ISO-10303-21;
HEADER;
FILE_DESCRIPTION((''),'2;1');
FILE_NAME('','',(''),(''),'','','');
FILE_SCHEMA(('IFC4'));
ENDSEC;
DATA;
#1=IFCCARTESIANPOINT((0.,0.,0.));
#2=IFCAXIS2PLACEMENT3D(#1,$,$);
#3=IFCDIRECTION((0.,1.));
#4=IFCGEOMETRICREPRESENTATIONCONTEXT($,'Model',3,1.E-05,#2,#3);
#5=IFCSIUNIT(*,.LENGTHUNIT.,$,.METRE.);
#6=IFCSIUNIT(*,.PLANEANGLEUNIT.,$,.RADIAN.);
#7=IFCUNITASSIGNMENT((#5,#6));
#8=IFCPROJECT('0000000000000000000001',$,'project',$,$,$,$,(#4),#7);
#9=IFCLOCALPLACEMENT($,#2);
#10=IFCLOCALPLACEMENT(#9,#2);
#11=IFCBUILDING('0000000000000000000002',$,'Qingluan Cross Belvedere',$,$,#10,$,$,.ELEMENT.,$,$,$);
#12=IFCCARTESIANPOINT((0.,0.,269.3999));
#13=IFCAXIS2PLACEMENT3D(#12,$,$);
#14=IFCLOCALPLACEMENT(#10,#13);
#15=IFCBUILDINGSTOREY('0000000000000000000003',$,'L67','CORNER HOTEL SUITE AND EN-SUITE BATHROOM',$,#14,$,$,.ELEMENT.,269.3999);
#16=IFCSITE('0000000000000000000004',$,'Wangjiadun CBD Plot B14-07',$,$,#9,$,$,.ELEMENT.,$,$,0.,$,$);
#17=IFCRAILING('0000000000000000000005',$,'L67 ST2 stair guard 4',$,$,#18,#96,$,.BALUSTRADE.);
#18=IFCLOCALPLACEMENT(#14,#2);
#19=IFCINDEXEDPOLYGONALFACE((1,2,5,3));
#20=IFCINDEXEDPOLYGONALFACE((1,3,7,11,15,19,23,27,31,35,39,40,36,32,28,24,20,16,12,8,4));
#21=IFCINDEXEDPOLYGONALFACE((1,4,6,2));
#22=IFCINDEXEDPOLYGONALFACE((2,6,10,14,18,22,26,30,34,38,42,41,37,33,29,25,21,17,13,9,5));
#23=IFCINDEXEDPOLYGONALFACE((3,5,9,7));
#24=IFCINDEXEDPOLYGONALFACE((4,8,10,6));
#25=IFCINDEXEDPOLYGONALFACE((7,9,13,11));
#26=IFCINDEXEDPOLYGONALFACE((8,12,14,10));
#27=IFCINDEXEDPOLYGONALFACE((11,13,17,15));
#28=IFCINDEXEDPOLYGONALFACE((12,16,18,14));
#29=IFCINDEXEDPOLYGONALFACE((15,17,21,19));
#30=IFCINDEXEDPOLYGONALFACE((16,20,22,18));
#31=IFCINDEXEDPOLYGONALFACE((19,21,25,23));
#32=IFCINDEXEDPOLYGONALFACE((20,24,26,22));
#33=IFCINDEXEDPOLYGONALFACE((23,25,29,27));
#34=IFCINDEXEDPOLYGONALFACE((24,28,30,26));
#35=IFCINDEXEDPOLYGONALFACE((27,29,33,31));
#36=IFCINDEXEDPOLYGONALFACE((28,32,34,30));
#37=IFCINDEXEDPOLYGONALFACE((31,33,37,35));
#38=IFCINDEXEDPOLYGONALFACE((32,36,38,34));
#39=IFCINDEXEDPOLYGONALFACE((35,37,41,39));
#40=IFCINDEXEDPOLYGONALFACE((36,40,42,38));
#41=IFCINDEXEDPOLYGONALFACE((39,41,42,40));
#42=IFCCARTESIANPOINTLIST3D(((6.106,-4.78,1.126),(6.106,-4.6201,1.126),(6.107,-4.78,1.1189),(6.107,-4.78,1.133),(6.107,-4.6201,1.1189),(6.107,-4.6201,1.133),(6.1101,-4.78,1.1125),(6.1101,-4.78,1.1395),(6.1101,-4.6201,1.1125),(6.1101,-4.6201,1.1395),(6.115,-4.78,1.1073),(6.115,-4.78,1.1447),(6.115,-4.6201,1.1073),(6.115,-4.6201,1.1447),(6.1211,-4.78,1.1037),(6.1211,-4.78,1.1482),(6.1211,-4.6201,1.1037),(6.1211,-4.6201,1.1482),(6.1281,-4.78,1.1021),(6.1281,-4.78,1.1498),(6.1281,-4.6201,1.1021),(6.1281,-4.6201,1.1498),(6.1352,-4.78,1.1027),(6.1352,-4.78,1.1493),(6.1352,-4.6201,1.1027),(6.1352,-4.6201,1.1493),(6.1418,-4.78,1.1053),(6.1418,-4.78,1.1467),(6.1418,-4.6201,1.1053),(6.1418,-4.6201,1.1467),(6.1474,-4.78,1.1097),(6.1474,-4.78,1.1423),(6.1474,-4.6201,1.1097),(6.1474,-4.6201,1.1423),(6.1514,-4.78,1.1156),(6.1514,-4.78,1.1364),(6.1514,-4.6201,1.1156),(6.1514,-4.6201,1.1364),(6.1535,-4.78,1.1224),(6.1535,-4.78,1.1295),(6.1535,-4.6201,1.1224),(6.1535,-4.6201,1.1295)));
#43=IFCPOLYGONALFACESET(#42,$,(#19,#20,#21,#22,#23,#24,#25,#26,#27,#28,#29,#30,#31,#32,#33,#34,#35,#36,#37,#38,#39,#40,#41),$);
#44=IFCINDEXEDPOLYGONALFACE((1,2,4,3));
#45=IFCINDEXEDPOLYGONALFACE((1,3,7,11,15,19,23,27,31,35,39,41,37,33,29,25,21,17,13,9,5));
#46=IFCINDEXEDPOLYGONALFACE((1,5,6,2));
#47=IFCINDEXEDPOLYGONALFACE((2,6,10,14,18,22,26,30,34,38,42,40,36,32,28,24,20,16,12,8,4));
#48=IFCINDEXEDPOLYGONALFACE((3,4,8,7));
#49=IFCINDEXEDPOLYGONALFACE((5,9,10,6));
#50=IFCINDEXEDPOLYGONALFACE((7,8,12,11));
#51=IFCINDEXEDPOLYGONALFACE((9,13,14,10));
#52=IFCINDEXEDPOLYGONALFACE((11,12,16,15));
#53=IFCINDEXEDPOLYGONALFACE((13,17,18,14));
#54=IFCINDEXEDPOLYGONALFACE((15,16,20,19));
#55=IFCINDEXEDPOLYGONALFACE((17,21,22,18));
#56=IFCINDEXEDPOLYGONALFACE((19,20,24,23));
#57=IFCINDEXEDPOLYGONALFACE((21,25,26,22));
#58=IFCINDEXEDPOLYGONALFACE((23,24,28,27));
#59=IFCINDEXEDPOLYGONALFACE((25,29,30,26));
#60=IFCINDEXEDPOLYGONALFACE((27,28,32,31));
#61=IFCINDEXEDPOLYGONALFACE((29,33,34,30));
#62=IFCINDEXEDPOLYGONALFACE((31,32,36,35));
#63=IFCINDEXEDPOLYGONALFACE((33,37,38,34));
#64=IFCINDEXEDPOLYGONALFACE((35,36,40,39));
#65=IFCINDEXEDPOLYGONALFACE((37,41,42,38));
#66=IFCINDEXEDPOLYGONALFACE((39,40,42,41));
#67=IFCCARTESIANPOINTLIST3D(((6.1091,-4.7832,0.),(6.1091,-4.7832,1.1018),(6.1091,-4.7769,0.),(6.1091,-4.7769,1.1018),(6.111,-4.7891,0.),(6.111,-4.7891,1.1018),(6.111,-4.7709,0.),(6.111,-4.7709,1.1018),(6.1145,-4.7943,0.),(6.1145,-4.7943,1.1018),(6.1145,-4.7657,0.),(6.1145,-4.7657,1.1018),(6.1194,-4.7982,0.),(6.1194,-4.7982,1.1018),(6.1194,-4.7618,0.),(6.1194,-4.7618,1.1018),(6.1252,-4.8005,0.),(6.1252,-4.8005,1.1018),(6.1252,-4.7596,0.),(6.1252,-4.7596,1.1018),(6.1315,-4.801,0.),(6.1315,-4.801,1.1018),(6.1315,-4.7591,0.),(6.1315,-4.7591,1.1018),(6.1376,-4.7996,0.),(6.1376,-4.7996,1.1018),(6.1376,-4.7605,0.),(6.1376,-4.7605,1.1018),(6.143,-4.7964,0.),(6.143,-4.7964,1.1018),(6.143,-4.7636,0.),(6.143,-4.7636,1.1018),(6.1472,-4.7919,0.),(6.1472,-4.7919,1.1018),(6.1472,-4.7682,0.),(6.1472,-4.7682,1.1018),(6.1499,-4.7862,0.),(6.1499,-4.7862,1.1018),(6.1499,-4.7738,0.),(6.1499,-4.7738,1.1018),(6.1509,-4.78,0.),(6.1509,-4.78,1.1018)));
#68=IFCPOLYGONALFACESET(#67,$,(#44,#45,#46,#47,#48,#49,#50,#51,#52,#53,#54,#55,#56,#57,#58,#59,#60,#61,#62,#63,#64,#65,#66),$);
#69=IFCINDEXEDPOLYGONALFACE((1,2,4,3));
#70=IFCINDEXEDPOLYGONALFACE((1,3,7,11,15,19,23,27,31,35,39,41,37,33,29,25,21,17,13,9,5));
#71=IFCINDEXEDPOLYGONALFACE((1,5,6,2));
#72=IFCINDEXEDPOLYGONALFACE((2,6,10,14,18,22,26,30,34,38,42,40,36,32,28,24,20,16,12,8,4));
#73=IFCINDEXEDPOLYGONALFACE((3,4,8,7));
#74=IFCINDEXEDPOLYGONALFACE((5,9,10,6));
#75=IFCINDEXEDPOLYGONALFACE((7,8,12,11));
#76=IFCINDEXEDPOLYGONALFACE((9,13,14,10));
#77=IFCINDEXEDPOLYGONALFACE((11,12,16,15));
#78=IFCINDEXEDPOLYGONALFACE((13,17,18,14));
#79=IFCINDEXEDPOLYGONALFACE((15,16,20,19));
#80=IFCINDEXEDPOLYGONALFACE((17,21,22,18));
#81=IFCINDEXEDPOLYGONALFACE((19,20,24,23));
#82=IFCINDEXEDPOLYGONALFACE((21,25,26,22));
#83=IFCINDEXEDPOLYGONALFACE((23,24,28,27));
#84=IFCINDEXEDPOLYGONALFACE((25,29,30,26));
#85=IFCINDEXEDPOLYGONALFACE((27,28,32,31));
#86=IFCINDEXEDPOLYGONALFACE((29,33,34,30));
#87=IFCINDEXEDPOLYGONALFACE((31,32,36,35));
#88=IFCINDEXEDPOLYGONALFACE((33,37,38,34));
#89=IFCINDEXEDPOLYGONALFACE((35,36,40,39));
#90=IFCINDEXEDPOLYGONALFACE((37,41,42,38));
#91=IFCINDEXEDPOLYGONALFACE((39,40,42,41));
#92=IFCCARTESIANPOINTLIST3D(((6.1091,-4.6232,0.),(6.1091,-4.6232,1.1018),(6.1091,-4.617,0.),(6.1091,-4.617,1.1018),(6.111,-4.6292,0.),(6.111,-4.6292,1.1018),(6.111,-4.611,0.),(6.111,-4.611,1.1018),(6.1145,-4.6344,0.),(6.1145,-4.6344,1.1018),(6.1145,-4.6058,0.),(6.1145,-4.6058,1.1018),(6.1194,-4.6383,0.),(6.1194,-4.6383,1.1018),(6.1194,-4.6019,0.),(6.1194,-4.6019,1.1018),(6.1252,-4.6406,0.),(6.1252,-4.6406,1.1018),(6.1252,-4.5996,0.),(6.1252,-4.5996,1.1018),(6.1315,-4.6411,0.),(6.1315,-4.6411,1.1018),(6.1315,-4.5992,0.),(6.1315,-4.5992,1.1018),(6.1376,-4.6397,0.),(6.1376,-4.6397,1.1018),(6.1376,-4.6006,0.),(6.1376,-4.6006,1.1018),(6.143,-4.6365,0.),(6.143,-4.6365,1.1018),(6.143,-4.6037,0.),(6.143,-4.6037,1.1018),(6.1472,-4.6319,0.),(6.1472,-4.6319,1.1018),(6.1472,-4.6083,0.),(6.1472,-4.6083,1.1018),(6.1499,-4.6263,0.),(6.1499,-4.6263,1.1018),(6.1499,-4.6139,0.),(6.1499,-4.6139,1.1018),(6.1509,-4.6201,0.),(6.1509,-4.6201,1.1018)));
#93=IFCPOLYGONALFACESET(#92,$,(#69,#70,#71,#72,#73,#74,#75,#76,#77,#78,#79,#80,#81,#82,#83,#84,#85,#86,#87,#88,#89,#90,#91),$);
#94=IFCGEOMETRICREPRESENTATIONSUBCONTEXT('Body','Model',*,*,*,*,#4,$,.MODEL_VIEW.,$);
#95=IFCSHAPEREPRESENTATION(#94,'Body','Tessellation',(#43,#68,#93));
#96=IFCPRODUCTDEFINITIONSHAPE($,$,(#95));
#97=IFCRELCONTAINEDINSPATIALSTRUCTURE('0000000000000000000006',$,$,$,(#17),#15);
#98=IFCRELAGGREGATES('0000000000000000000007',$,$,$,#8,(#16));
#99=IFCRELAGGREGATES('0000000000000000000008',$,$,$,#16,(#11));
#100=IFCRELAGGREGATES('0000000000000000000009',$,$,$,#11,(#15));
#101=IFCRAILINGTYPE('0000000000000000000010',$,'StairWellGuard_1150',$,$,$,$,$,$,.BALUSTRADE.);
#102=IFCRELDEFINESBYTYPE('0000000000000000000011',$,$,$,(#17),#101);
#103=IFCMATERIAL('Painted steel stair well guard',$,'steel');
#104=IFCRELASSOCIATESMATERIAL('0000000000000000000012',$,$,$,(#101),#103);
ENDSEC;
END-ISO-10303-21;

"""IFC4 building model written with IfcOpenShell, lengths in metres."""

from ifc_helpers import new_model, si_unit, direction, frame, origin, origin_2d, place, context, subcontext, project, spatial, circle, extrude, material, type_object, element, save


model = new_model("IFC4")

# Units and contexts
model_context = context("Model", 3, precision=1e-05, world=origin(), true_north=direction((0.0, 1.0)))
body_context = subcontext(model_context, "Body", "Model", "MODEL_VIEW")
ifc_project = project(units=[si_unit("LENGTHUNIT", "METRE"), si_unit("PLANEANGLEUNIT", "RADIAN")], contexts=[model_context])

# Site, building, storey
site_placement = place(None, origin())
site = spatial("IfcSite", under=ifc_project, at=site_placement, Name="Wangjiadun CBD Plot B14-07", CompositionType="ELEMENT", RefElevation=0.0)
building_placement = place(site_placement, origin())
building = spatial("IfcBuilding", under=site, at=building_placement, Name="Qingluan Cross Belvedere", CompositionType="ELEMENT")
storey_placement = place(building_placement, frame((0.0, 0.0, 269.3999)))
storey = spatial("IfcBuildingStorey", under=building, at=storey_placement, Name="L67", Description="CORNER HOTEL SUITE AND EN-SUITE BATHROOM", CompositionType="ELEMENT", Elevation=269.3999)

# Railing
ifc_material_1 = material(Name="Painted steel stair well guard", Category="steel")
railing_type_1 = type_object("IfcRailingType", Name="StairWellGuard_1150", PredefinedType="BALUSTRADE", material=ifc_material_1)
railing_1_placement = place(storey_placement, frame((6.1299, -4.78, 0.0)))
element("IfcRailing", 1, at=railing_1_placement, inside=storey, type_object=railing_type_1, Name="L67 ST2 stair guard 4", PredefinedType="BALUSTRADE", context=body_context, shape_type="SweptSolid", body=[
    extrude(circle(Radius=0.0239, at=origin_2d()), frame((0.0, 0.0, 1.126), z_axis=(0.0, 1.0, 0.0), x_axis=(-1.0, 0.0, 0.0)), (0.0, 0.0, 1.0), 0.1599),
    extrude(circle(Radius=0.021, at=origin_2d()), origin(), (0.0, 0.0, 1.0), 1.1018),
    extrude(circle(Radius=0.021, at=origin_2d()), frame((0.0, 0.1599, 0.0)), (0.0, 0.0, 1.0), 1.1018),
])

save(model, "model.ifc")
